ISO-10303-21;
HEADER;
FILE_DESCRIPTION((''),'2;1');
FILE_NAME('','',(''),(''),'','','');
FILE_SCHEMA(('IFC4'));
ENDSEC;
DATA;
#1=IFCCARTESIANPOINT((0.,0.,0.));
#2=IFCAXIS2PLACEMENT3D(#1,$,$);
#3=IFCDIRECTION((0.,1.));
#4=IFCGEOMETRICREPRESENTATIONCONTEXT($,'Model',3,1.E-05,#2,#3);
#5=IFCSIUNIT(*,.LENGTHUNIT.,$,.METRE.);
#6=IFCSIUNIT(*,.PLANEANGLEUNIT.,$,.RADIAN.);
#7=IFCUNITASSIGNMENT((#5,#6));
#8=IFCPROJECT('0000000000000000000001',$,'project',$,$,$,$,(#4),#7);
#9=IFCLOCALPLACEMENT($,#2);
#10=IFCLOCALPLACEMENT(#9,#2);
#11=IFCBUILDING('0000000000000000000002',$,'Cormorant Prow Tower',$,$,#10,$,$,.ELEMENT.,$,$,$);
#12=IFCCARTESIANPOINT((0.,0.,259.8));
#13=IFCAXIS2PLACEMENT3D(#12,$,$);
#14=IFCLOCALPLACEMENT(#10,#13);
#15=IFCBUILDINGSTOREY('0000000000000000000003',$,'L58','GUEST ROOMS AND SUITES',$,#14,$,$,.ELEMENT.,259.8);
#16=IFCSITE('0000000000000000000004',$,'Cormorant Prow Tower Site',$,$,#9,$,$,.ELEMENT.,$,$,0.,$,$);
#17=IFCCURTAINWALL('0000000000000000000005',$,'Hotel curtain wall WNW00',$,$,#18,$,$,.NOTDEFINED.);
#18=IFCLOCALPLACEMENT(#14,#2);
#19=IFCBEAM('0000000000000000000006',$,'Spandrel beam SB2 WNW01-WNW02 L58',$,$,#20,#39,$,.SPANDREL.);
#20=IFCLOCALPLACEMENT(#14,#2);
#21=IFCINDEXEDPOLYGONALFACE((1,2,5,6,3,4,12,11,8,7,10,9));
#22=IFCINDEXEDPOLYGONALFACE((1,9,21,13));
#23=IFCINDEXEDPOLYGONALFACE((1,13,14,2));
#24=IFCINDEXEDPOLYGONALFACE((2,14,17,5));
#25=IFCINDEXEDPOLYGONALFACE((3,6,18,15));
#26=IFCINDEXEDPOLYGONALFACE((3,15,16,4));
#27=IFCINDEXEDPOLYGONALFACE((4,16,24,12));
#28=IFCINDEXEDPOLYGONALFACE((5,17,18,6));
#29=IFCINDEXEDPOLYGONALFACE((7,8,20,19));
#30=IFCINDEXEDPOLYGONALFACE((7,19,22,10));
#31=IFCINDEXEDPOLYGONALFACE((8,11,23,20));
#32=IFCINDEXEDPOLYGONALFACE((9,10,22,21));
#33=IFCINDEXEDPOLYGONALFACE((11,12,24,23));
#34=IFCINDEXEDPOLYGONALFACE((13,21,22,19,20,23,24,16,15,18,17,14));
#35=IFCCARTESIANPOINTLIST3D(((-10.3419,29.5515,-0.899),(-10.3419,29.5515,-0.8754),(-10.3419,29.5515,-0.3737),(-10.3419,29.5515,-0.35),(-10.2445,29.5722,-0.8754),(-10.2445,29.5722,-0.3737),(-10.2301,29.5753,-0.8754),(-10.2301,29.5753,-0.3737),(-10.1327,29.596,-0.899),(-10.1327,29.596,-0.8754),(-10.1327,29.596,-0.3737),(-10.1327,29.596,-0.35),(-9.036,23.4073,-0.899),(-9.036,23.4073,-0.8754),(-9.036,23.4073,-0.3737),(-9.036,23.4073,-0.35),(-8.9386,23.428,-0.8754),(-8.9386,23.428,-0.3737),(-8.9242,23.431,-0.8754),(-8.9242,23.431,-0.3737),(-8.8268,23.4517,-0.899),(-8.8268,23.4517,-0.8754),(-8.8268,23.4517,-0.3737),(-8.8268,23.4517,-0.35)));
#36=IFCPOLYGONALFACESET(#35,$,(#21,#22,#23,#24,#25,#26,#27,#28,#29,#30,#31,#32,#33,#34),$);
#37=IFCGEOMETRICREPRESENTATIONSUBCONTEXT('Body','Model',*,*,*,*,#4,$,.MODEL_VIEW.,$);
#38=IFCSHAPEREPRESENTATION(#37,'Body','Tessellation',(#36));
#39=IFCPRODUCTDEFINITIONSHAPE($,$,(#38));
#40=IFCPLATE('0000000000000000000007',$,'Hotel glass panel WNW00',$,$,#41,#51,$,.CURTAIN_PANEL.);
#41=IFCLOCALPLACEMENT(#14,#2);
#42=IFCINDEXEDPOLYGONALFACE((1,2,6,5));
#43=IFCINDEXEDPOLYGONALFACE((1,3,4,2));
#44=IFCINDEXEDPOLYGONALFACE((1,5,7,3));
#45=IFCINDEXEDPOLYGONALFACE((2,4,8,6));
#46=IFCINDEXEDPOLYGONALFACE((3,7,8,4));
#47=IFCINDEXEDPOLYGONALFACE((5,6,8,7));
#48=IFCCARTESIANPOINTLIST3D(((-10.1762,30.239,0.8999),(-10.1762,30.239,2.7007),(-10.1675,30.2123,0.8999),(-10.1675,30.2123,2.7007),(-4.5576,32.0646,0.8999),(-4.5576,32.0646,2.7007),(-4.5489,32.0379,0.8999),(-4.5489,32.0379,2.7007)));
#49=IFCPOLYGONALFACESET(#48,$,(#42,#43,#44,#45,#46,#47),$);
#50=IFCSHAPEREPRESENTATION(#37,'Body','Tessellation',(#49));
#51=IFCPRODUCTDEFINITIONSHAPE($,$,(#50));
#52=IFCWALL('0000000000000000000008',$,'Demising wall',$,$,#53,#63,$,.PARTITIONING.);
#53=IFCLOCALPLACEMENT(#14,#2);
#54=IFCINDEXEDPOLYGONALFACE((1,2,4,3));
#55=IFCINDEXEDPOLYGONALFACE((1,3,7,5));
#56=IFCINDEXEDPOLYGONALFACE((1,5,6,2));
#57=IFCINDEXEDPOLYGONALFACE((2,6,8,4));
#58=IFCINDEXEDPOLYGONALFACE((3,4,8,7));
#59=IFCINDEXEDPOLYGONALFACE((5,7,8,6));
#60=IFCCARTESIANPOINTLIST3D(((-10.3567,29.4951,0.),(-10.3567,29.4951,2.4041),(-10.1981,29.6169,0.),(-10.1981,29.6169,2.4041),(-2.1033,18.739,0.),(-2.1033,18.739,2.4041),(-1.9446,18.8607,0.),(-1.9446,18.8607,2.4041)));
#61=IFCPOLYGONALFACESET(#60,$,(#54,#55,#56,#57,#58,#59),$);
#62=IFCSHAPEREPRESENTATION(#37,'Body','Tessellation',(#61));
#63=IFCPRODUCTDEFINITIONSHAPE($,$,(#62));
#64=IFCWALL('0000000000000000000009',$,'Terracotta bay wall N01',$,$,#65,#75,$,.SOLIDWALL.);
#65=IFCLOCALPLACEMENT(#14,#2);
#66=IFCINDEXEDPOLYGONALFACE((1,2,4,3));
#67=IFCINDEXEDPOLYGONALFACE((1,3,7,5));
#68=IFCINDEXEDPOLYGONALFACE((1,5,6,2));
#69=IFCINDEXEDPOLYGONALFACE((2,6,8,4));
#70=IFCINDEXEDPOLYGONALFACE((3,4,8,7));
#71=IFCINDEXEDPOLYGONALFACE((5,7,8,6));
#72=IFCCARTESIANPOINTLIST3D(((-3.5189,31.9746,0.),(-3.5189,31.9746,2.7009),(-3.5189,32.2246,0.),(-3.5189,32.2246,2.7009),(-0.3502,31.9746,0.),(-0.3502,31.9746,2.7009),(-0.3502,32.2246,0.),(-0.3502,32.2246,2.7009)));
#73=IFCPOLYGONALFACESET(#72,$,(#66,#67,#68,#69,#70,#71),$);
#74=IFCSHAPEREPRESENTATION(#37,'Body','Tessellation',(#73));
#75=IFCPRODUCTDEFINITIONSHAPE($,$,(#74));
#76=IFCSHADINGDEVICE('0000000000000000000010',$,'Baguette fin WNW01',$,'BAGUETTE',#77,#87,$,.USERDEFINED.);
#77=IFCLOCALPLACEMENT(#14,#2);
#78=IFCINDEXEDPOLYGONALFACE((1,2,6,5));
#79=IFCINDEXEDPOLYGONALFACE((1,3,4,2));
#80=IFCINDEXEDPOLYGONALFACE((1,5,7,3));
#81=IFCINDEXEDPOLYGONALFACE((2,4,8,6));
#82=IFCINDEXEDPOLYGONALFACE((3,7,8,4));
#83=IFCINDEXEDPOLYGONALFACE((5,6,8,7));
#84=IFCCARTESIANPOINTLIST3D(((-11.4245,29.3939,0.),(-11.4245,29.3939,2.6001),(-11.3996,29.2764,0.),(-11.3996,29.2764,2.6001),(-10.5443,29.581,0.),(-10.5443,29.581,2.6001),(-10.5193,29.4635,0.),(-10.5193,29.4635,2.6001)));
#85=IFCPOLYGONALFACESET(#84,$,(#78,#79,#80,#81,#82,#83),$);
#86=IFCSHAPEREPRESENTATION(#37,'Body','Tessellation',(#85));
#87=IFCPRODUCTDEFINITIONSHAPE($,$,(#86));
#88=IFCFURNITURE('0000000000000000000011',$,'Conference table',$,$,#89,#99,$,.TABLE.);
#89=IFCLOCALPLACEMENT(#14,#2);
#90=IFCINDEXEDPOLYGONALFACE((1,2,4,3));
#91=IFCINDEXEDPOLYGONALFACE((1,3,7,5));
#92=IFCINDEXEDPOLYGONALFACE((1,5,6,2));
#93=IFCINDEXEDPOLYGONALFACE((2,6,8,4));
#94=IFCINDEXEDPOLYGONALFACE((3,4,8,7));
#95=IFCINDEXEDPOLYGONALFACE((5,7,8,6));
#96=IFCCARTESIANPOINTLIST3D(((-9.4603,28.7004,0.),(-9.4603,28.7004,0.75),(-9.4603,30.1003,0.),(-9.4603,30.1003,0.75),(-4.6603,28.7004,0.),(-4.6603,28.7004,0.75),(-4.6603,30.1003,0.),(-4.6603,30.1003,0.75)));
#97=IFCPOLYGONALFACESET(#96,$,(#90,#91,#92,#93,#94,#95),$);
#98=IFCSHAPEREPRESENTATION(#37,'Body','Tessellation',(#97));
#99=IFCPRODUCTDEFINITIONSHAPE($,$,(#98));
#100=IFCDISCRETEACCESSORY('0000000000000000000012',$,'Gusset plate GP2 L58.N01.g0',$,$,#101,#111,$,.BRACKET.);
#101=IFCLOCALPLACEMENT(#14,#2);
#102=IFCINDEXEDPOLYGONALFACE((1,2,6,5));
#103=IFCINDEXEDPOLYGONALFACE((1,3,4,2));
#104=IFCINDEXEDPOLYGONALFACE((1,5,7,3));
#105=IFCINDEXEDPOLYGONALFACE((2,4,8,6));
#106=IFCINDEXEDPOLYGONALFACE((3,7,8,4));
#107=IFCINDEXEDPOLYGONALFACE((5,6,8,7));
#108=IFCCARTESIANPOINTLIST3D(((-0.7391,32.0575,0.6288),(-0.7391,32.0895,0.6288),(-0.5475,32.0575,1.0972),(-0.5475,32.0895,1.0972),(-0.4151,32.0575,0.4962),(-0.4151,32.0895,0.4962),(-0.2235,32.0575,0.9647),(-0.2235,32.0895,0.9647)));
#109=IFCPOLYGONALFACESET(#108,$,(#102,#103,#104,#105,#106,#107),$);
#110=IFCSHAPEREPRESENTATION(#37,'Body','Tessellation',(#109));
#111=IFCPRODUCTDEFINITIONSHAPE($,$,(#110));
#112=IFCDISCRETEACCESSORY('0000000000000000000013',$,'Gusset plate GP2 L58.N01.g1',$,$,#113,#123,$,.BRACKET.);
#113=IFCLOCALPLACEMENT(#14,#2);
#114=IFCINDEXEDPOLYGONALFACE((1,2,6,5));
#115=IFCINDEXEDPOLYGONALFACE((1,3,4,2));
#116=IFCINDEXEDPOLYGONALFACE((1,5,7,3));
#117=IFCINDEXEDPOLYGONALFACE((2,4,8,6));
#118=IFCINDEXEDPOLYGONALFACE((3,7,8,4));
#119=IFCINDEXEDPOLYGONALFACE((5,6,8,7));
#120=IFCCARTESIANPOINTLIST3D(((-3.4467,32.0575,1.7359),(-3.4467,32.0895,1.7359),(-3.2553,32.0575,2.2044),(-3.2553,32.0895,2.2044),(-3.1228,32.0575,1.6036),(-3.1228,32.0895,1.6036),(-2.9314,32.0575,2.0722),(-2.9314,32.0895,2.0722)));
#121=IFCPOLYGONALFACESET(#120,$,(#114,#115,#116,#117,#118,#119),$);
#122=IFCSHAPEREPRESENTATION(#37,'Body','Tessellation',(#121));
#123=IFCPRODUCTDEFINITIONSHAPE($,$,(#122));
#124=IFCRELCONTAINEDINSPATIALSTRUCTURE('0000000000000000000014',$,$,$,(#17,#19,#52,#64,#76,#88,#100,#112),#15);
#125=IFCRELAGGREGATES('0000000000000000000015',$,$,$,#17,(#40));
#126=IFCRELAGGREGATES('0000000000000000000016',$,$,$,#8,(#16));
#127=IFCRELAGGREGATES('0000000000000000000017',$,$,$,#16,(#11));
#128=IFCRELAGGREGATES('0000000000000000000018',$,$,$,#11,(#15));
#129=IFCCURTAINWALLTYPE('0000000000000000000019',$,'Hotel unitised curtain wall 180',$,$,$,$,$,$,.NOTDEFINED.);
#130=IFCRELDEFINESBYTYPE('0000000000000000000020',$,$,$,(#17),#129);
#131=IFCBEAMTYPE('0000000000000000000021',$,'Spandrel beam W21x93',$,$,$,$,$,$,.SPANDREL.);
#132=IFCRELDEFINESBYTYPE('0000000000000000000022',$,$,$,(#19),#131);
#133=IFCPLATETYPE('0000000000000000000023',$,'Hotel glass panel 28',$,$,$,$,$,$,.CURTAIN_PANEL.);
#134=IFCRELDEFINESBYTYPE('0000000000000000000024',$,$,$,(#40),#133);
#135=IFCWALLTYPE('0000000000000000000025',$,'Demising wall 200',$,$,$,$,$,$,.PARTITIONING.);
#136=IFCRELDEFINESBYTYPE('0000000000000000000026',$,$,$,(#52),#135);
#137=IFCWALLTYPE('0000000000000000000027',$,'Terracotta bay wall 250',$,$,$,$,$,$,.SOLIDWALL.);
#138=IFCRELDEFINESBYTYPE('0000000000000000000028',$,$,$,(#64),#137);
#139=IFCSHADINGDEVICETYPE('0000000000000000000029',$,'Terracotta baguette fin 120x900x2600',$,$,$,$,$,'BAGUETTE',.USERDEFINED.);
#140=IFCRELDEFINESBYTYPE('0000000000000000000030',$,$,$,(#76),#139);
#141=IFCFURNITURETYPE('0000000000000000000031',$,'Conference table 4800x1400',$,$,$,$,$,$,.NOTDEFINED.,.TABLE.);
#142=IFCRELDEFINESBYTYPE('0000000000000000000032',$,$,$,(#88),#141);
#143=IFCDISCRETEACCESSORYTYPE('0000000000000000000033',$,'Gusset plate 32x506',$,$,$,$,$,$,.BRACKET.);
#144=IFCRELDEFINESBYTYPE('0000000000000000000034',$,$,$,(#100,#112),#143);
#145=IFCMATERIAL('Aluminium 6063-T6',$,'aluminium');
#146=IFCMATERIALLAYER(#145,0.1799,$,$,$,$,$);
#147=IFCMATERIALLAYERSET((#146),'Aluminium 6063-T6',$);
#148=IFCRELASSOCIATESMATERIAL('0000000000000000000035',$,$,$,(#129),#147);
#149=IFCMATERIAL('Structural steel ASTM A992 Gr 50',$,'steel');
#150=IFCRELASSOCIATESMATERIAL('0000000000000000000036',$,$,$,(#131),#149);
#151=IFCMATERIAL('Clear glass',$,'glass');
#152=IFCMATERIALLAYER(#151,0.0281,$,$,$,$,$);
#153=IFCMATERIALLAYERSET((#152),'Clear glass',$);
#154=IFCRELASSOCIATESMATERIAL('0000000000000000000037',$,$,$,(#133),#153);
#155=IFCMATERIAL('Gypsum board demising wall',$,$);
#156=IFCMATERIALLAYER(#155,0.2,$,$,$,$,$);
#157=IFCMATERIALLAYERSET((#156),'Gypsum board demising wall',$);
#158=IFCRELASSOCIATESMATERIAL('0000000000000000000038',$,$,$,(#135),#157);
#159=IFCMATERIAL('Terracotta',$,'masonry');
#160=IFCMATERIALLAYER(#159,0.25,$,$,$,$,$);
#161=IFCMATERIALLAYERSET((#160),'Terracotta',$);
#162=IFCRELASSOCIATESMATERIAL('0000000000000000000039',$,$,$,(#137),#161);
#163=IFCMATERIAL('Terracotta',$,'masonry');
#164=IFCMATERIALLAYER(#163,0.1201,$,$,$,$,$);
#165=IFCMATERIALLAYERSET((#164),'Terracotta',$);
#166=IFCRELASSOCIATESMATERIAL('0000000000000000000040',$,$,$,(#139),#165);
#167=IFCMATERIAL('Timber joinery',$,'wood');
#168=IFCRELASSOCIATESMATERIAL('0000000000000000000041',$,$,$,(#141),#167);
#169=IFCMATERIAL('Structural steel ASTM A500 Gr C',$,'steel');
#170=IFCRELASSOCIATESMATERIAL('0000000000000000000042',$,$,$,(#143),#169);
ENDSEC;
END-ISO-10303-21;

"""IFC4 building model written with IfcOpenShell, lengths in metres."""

from ifc_helpers import new_model, si_unit, direction, frame, frame_2d, origin, origin_2d, place, context, subcontext, project, spatial, rectangle, i_section, extrude, material, layer, layer_set, material_profile, profile_set, type_object, element, aggregate, save


model = new_model("IFC4")

# Units and contexts
model_context = context("Model", 3, precision=1e-05, world=origin(), true_north=direction((0.0, 1.0)))
body_context = subcontext(model_context, "Body", "Model", "MODEL_VIEW")
ifc_project = project(units=[si_unit("LENGTHUNIT", "METRE"), si_unit("PLANEANGLEUNIT", "RADIAN")], contexts=[model_context])

# Site, building, storey
site_placement = place(None, origin())
site = spatial("IfcSite", under=ifc_project, at=site_placement, Name="Cormorant Prow Tower Site", CompositionType="ELEMENT", RefElevation=0.0)
building_placement = place(site_placement, origin())
building = spatial("IfcBuilding", under=site, at=building_placement, Name="Cormorant Prow Tower", CompositionType="ELEMENT")
storey_placement = place(building_placement, frame((0.0, 0.0, 259.8)))
storey = spatial("IfcBuildingStorey", under=building, at=storey_placement, Name="L58", Description="GUEST ROOMS AND SUITES", CompositionType="ELEMENT", Elevation=259.8)

# Curtain wall
ifc_material_1 = material(Name="Aluminium 6063-T6", Category="aluminium")
ifc_layer_1 = layer(ifc_material_1, 0.1799)
ifc_layer_set_1 = layer_set([ifc_layer_1], Name="Aluminium 6063-T6")
curtain_wall_type = type_object("IfcCurtainWallType", Name="Hotel unitised curtain wall 180", PredefinedType="NOTDEFINED", material=ifc_layer_set_1)
curtain_wall_1_placement = place(storey_placement, origin())
curtain_wall_1 = element("IfcCurtainWall", 1, at=curtain_wall_1_placement, inside=storey, type_object=curtain_wall_type, Name="Hotel curtain wall WNW00", PredefinedType="NOTDEFINED")

# Beam
ifc_material_2 = material(Name="Structural steel ASTM A992 Gr 50", Category="steel")
ifc_material_profile_1 = material_profile(ifc_material_2, i_section(OverallWidth=0.2139, OverallDepth=0.5491, WebThickness=0.0146, FlangeThickness=0.0237, at=origin_2d()), Name="W21x93")
ifc_profile_set_1 = profile_set([ifc_material_profile_1], Name="Structural steel ASTM A992 Gr 50")
beam_type = type_object("IfcBeamType", Name="Spandrel beam W21x93", PredefinedType="SPANDREL", material=ifc_profile_set_1)
for number, where, z_axis, x_axis, name in (
    (2, (-10.2373, 29.5737, -0.6245), (0.207896, -0.978151, 0.0), (0.978151, 0.207896, 0.0), "Spandrel beam SB2 WNW01-WNW02 L58"),
):
    element("IfcBeam", number, at=place(storey_placement, frame(where, z_axis=z_axis, x_axis=x_axis)), inside=storey, type_object=beam_type, Name=name, PredefinedType="SPANDREL", context=body_context, shape_type="SweptSolid", body=[
        extrude(i_section(OverallWidth=0.2139, OverallDepth=0.5491, WebThickness=0.0146, FlangeThickness=0.0237, at=origin_2d()), origin(), (0.0, 0.0, 1.0), 6.2815),
    ])

# Plate
ifc_material_3 = material(Name="Clear glass", Category="glass")
ifc_layer_2 = layer(ifc_material_3, 0.0281)
ifc_layer_set_2 = layer_set([ifc_layer_2], Name="Clear glass")
plate_type = type_object("IfcPlateType", Name="Hotel glass panel 28", PredefinedType="CURTAIN_PANEL", material=ifc_layer_set_2)
plate_placement = place(storey_placement, frame((-7.3625, 31.1384, 0.8999), z_axis=(0.0, 0.0, 1.0), x_axis=(-0.951057, -0.309017, 0.0)))
plate = element("IfcPlate", 3, at=plate_placement, type_object=plate_type, Name="Hotel glass panel WNW00", PredefinedType="CURTAIN_PANEL", context=body_context, shape_type="SweptSolid", body=[
    extrude(rectangle(XDim=5.9077, YDim=0.0281, at=origin_2d()), origin(), (0.0, 0.0, 1.0), 1.8008),
])
aggregate(curtain_wall_1, [plate])

# Walls
ifc_material_4 = material(Name="Gypsum board demising wall")
ifc_layer_3 = layer(ifc_material_4, 0.2)
ifc_layer_set_3 = layer_set([ifc_layer_3], Name="Gypsum board demising wall")
wall_type_1 = type_object("IfcWallType", Name="Demising wall 200", PredefinedType="PARTITIONING", material=ifc_layer_set_3)
wall_1_placement = place(storey_placement, frame((-10.2773, 29.5559, 0.0), z_axis=(0.0, 0.0, 1.0), x_axis=(0.60876, -0.793354, 0.0)))
element("IfcWall", 4, at=wall_1_placement, inside=storey, type_object=wall_type_1, Name="Demising wall", PredefinedType="PARTITIONING", context=body_context, shape_type="SweptSolid", body=[
    extrude(rectangle(XDim=13.5579, YDim=0.2, at=frame_2d((6.7788, 0.0))), origin(), (0.0, 0.0, 1.0), 2.4041),
])
ifc_material_5 = material(Name="Terracotta", Category="masonry")
ifc_layer_4 = layer(ifc_material_5, 0.25)
ifc_layer_set_4 = layer_set([ifc_layer_4], Name="Terracotta")
wall_type_2 = type_object("IfcWallType", Name="Terracotta bay wall 250", PredefinedType="SOLIDWALL", material=ifc_layer_set_4)
wall_2_placement = place(storey_placement, frame((-0.3501, 32.0996, 0.0), z_axis=(0.0, 0.0, 1.0), x_axis=(-1.0, 0.0, 0.0)))
element("IfcWall", 5, at=wall_2_placement, inside=storey, type_object=wall_type_2, Name="Terracotta bay wall N01", PredefinedType="SOLIDWALL", context=body_context, shape_type="SweptSolid", body=[
    extrude(rectangle(XDim=3.1687, YDim=0.25, at=frame_2d((1.5845, 0.0))), origin(), (0.0, 0.0, 1.0), 2.7009),
])

# Shading device
ifc_material_6 = material(Name="Terracotta", Category="masonry")
ifc_layer_5 = layer(ifc_material_6, 0.1201)
ifc_layer_set_5 = layer_set([ifc_layer_5], Name="Terracotta")
shading_device_type = type_object("IfcShadingDeviceType", Name="Terracotta baguette fin 120x900x2600", ElementType="BAGUETTE", PredefinedType="USERDEFINED", material=ifc_layer_set_5)
shading_device_placement = place(storey_placement, frame((-10.9719, 29.4287, 0.0), z_axis=(0.0, 0.0, 1.0), x_axis=(0.207912, -0.978148, 0.0)))
element("IfcShadingDevice", 6, at=shading_device_placement, inside=storey, type_object=shading_device_type, Name="Baguette fin WNW01", ObjectType="BAGUETTE", PredefinedType="USERDEFINED", context=body_context, shape_type="SweptSolid", body=[
    extrude(rectangle(XDim=0.1201, YDim=0.8999, at=origin_2d()), origin(), (0.0, 0.0, 1.0), 2.6001),
])

# Furniture
ifc_material_7 = material(Name="Timber joinery", Category="wood")
furniture_type = type_object("IfcFurnitureType", Name="Conference table 4800x1400", AssemblyPlace="NOTDEFINED", PredefinedType="TABLE", material=ifc_material_7)
furniture_placement = place(storey_placement, frame((-7.0603, 29.4004, 0.0), z_axis=(0.0, 0.0, 1.0), x_axis=(1.0, 0.0, 0.0)))
element("IfcFurniture", 7, at=furniture_placement, inside=storey, type_object=furniture_type, Name="Conference table", PredefinedType="TABLE", context=body_context, shape_type="SweptSolid", body=[
    extrude(rectangle(XDim=4.8, YDim=1.3999, at=origin_2d()), origin(), (0.0, 0.0, 1.0), 0.75),
])

# Discrete accessories
ifc_material_8 = material(Name="Structural steel ASTM A500 Gr C", Category="steel")
ifc_material_profile_2 = material_profile(ifc_material_8, rectangle(XDim=0.032, YDim=0.5061, at=origin_2d()), Name="Gusset plate 32x506")
ifc_profile_set_2 = profile_set([ifc_material_profile_2], Name="Structural steel ASTM A500 Gr C")
discrete_accessory_type = type_object("IfcDiscreteAccessoryType", Name="Gusset plate 32x506", PredefinedType="BRACKET", material=ifc_profile_set_2)
discrete_accessory_1_placement = place(storey_placement, frame((-0.6433, 32.0735, 0.863), z_axis=(0.925514, 0.0, -0.378714), x_axis=(0.0, 1.0, 0.0)))
element("IfcDiscreteAccessory", 8, at=discrete_accessory_1_placement, inside=storey, type_object=discrete_accessory_type, Name="Gusset plate GP2 L58.N01.g0", PredefinedType="BRACKET", context=body_context, shape_type="SweptSolid", body=[
    extrude(rectangle(XDim=0.032, YDim=0.5061, at=origin_2d()), origin(), (0.0, 0.0, 1.0), 0.3501),
])
discrete_accessory_2_placement = place(storey_placement, frame((-3.0271, 32.0735, 1.8379), z_axis=(-0.925758, 0.0, 0.378117), x_axis=(0.0, -1.0, 0.0)))
element("IfcDiscreteAccessory", 9, at=discrete_accessory_2_placement, inside=storey, type_object=discrete_accessory_type, Name="Gusset plate GP2 L58.N01.g1", PredefinedType="BRACKET", context=body_context, shape_type="SweptSolid", body=[
    extrude(rectangle(XDim=0.032, YDim=0.5061, at=origin_2d()), origin(), (0.0, 0.0, 1.0), 0.3499),
])

save(model, "model.ifc")
